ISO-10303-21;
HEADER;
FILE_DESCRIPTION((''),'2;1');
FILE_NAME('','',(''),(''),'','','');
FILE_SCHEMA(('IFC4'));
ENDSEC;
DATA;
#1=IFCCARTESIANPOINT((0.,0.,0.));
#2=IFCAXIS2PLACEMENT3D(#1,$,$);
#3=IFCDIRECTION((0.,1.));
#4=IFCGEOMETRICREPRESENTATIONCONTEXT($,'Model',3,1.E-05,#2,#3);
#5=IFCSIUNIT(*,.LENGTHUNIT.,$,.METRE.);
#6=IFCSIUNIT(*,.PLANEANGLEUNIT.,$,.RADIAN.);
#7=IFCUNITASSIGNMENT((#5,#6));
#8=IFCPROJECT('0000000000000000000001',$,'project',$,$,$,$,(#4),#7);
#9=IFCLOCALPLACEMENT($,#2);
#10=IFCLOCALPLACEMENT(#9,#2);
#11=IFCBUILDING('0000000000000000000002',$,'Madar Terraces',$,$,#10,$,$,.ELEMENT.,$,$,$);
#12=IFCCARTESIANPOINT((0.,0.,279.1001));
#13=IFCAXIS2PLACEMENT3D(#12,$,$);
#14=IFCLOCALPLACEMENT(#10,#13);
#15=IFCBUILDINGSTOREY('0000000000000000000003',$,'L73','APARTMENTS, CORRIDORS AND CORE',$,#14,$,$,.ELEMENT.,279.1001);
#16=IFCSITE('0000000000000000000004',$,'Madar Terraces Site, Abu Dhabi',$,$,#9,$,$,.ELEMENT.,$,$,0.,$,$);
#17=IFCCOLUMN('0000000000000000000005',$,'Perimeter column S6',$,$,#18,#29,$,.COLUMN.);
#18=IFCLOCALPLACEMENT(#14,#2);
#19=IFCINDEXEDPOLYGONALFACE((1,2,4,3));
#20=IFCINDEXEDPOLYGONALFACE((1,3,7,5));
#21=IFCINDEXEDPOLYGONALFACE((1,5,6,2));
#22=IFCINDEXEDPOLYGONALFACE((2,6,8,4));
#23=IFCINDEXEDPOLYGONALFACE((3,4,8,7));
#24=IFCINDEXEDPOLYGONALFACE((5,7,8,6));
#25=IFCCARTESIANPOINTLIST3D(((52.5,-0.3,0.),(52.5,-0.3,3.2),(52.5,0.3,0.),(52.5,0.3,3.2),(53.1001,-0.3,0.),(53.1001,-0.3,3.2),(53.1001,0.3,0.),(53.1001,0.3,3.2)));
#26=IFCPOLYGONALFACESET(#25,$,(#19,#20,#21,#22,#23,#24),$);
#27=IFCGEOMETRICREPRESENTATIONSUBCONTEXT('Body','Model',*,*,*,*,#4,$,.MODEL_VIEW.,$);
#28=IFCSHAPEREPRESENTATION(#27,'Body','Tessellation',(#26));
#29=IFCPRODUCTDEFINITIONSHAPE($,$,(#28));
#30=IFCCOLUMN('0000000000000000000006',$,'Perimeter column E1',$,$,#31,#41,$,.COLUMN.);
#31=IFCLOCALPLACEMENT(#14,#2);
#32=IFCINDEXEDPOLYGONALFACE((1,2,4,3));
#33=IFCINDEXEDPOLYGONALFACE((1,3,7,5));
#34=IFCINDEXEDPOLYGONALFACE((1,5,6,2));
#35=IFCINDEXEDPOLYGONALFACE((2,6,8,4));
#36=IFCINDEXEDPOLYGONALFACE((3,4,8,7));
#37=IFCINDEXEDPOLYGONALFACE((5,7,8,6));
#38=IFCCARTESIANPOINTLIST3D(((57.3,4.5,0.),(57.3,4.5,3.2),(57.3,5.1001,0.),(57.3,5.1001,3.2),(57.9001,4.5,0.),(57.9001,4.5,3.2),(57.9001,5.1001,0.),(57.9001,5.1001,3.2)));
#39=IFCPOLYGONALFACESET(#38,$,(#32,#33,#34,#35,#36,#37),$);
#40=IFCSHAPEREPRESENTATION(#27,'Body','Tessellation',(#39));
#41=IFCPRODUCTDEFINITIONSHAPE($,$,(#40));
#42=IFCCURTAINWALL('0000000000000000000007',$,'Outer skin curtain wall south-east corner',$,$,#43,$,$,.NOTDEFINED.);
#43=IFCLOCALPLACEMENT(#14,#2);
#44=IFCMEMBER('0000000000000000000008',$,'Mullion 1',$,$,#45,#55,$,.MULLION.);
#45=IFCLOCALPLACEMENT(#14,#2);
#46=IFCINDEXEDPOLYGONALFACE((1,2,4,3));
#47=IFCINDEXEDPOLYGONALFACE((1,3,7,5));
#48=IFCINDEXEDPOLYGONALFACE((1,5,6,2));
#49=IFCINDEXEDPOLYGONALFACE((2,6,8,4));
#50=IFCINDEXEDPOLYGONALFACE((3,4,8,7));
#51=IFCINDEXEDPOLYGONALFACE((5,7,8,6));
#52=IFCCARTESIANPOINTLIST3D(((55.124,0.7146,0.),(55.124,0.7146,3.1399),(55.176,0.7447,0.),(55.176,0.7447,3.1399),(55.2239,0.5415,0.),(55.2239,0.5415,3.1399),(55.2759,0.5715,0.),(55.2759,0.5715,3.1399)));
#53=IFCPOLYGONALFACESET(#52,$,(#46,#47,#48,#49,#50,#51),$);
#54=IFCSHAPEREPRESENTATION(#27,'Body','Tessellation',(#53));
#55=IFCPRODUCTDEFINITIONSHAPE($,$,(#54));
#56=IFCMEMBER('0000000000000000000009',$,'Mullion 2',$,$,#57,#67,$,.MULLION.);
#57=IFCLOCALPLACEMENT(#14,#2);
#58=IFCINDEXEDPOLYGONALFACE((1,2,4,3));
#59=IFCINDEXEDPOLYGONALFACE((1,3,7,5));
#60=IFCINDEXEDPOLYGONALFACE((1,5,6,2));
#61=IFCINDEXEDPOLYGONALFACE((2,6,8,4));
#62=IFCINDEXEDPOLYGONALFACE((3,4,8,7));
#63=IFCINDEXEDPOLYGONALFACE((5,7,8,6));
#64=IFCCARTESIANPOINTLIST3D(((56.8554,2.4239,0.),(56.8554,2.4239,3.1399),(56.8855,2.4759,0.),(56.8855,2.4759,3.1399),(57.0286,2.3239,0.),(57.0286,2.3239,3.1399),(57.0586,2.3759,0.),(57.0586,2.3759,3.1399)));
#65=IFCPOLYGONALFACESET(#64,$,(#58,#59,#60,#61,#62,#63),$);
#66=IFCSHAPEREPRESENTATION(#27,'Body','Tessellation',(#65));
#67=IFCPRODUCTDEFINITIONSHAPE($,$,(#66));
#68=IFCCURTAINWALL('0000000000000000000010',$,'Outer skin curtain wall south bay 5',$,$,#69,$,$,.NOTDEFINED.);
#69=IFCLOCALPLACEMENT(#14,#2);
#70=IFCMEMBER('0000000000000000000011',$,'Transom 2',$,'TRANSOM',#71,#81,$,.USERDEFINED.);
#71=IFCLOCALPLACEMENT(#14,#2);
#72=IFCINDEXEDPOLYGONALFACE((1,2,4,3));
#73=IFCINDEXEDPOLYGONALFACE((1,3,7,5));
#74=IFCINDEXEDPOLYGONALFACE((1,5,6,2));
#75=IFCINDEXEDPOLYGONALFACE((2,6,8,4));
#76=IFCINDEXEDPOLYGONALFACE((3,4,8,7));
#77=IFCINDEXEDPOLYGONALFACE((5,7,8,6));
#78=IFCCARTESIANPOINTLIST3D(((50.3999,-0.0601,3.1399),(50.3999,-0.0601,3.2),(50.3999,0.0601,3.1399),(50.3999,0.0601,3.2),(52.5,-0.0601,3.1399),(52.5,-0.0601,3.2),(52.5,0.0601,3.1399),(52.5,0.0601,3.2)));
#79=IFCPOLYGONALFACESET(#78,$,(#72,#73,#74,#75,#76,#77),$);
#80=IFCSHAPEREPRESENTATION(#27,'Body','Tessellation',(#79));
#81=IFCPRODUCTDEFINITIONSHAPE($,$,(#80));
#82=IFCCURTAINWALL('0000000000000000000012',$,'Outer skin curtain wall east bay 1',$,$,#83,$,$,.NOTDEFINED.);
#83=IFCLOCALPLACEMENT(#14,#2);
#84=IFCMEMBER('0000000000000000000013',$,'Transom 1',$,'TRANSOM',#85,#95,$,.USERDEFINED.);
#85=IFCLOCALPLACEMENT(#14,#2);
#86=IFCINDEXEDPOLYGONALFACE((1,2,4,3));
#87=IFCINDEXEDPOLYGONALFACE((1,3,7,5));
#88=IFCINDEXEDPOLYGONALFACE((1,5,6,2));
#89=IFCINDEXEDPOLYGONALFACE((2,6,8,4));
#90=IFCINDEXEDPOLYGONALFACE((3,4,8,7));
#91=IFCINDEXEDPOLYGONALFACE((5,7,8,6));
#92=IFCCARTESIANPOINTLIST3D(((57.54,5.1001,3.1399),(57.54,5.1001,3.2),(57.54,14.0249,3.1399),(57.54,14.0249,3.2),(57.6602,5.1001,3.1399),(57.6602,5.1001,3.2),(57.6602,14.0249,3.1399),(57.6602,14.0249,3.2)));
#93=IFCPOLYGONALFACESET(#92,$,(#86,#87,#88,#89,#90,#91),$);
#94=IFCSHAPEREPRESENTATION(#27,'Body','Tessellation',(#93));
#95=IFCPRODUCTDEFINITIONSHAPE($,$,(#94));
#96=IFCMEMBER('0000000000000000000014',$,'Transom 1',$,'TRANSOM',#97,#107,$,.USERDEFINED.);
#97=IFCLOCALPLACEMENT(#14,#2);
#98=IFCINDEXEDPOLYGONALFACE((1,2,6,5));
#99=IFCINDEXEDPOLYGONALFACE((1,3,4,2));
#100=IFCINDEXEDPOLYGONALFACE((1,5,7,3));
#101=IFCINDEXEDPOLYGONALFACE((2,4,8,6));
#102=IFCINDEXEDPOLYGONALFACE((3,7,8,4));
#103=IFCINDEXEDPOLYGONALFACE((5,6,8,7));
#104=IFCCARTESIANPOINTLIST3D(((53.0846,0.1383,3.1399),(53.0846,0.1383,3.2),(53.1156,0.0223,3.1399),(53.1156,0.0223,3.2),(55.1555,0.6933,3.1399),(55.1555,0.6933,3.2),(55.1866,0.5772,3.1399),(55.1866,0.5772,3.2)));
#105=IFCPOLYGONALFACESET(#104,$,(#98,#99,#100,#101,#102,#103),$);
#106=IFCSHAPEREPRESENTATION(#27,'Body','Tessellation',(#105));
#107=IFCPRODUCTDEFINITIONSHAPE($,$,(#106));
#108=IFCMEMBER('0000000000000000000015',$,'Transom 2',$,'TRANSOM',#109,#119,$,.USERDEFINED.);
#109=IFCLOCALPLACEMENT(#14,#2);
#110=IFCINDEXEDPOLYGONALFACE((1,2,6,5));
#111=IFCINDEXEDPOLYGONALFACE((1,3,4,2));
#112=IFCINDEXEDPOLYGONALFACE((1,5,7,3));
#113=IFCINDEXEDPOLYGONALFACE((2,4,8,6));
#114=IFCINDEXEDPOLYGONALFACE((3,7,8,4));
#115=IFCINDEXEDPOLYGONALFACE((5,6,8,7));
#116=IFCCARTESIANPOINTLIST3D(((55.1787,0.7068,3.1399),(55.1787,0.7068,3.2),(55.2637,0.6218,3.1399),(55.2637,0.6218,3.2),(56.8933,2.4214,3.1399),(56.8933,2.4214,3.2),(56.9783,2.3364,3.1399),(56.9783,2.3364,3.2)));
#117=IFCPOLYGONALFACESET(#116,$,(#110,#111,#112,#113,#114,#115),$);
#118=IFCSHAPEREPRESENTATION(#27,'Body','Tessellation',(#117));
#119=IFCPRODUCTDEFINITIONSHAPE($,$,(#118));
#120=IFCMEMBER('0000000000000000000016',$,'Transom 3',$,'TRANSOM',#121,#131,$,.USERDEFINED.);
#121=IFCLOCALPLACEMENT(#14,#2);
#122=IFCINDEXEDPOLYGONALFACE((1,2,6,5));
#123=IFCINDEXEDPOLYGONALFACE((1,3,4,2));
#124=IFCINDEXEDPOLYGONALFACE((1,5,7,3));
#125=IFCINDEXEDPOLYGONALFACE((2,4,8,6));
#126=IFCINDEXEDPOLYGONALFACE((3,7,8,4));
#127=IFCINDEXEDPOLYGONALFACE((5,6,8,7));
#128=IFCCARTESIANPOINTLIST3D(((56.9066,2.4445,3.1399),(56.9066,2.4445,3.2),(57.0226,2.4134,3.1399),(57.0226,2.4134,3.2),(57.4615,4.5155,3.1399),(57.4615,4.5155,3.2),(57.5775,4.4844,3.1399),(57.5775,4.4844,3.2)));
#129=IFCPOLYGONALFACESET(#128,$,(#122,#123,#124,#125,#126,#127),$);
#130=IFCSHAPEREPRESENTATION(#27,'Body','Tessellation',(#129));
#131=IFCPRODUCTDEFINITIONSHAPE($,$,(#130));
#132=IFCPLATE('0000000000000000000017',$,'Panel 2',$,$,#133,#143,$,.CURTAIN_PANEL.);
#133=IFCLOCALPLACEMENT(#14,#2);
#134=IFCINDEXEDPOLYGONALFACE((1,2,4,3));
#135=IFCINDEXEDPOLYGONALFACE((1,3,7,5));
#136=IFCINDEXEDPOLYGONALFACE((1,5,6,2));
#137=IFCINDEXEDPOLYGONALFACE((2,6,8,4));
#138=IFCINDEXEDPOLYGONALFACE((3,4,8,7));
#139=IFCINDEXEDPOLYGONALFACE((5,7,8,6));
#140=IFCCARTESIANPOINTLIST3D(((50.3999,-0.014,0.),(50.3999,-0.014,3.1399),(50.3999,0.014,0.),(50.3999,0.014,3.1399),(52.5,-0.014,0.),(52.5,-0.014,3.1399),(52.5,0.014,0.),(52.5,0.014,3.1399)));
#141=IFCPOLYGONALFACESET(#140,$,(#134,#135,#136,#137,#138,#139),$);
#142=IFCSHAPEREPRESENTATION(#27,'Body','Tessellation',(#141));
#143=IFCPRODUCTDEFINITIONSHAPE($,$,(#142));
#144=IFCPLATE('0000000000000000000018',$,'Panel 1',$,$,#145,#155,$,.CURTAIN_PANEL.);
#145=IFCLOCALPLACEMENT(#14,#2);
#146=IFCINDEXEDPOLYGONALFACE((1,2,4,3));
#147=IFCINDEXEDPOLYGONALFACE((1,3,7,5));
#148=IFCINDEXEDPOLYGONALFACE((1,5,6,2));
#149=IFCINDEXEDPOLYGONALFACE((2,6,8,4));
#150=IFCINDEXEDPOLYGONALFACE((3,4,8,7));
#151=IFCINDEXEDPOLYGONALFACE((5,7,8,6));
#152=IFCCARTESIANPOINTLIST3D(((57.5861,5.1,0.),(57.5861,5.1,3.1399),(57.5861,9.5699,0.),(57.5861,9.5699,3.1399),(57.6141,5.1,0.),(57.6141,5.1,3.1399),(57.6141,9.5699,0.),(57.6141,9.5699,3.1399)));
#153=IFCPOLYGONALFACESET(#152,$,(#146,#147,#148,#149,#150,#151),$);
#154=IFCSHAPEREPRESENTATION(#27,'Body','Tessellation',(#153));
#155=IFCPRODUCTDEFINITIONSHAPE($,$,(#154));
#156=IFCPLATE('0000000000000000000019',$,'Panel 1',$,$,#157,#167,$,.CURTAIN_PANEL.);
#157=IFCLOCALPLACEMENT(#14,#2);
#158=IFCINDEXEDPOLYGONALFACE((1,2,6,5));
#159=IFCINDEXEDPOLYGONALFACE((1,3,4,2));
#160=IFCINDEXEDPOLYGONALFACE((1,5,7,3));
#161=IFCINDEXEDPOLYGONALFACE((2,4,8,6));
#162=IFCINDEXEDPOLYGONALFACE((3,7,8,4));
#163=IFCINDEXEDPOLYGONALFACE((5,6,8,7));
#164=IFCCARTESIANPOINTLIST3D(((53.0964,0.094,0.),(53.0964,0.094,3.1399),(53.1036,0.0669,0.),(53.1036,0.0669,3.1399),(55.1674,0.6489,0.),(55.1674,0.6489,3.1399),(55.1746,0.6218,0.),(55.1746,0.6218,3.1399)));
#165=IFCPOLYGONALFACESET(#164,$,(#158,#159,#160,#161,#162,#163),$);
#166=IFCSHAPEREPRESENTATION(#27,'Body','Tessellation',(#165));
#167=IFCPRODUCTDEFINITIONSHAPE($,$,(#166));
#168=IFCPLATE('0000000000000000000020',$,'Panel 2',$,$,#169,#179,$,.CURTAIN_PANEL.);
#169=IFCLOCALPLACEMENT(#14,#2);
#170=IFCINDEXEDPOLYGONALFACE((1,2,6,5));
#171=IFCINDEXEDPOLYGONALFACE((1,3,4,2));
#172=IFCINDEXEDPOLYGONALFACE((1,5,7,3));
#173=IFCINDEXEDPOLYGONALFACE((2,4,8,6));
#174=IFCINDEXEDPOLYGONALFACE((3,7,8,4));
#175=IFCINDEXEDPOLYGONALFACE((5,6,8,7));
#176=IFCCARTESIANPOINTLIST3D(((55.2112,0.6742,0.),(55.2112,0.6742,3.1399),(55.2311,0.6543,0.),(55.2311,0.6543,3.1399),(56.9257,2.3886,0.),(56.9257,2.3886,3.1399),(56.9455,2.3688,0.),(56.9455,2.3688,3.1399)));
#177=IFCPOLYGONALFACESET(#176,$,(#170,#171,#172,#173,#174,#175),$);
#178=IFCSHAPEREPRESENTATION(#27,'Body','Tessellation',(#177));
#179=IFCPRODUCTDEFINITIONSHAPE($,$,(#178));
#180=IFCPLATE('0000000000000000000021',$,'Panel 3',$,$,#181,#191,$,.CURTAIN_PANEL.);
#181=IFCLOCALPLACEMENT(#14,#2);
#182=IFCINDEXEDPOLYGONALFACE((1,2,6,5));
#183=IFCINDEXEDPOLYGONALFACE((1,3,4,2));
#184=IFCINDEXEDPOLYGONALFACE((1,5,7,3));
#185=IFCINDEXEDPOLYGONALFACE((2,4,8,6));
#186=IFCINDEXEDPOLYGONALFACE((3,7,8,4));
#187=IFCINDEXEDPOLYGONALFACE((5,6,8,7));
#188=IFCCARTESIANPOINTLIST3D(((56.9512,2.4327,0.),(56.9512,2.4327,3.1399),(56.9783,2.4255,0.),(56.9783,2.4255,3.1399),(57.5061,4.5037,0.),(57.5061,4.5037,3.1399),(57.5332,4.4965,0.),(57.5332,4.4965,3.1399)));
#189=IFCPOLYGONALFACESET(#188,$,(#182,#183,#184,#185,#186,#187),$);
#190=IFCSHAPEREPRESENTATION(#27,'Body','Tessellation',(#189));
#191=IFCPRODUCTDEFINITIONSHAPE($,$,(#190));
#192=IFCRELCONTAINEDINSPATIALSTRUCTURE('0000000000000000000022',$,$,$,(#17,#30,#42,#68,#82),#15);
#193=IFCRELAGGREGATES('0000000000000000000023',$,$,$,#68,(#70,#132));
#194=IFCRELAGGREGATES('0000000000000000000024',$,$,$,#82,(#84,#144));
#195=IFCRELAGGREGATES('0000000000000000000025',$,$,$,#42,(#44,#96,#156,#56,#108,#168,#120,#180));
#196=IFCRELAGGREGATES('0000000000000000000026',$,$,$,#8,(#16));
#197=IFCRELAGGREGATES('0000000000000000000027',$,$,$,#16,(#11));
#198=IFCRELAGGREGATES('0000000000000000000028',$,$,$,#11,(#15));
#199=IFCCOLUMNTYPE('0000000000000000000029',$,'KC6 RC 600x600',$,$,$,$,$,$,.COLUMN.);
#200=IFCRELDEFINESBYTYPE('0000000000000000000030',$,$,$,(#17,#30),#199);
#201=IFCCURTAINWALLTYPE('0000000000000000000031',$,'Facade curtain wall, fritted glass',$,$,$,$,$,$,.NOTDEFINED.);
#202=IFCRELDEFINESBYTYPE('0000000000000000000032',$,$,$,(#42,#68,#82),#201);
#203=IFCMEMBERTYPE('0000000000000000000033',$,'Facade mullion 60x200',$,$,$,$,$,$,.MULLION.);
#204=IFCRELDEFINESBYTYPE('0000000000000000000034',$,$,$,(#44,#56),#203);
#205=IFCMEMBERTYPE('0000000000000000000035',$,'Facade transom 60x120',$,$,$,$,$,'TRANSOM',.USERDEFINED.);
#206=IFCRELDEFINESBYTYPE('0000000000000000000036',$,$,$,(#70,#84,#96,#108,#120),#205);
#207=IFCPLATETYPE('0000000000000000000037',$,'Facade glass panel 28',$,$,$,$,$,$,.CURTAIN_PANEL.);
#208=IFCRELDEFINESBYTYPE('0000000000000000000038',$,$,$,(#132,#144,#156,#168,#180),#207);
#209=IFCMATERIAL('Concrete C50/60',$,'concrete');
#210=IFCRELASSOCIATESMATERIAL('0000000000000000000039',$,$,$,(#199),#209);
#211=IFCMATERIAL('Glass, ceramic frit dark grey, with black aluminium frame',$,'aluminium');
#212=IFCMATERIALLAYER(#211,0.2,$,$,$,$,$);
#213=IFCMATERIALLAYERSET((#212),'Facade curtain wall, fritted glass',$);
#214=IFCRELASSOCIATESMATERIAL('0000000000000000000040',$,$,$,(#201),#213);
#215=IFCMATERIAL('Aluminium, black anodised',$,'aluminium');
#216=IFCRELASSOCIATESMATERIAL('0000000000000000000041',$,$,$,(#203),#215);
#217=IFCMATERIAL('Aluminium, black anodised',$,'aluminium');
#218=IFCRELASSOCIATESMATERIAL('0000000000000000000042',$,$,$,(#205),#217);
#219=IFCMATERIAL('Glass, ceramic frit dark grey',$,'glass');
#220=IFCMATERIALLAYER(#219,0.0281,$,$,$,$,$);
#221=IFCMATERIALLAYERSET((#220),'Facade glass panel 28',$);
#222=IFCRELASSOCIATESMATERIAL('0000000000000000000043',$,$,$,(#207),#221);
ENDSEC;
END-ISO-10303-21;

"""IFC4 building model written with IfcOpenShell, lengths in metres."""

from ifc_helpers import new_model, si_unit, direction, frame, origin, origin_2d, place, context, subcontext, project, spatial, rectangle, extrude, material, layer, layer_set, material_profile, profile_set, type_object, element, aggregate, save


model = new_model("IFC4")

# Units and contexts
model_context = context("Model", 3, precision=1e-05, world=origin(), true_north=direction((0.0, 1.0)))
body_context = subcontext(model_context, "Body", "Model", "MODEL_VIEW")
ifc_project = project(units=[si_unit("LENGTHUNIT", "METRE"), si_unit("PLANEANGLEUNIT", "RADIAN")], contexts=[model_context])

# Site, building, storey
site_placement = place(None, origin())
site = spatial("IfcSite", under=ifc_project, at=site_placement, Name="Madar Terraces Site, Abu Dhabi", CompositionType="ELEMENT", RefElevation=0.0)
building_placement = place(site_placement, origin())
building = spatial("IfcBuilding", under=site, at=building_placement, Name="Madar Terraces", CompositionType="ELEMENT")
storey_placement = place(building_placement, frame((0.0, 0.0, 279.1001)))
storey = spatial("IfcBuildingStorey", under=building, at=storey_placement, Name="L73", Description="APARTMENTS, CORRIDORS AND CORE", CompositionType="ELEMENT", Elevation=279.1001)

# Columns
ifc_material_1 = material(Name="Concrete C50/60", Category="concrete")
ifc_material_profile_1 = material_profile(ifc_material_1, rectangle(XDim=0.6001, YDim=0.6001, at=origin_2d()), Name="KC6 RC 600x600")
ifc_profile_set_1 = profile_set([ifc_material_profile_1], Name="Concrete C50/60")
column_type = type_object("IfcColumnType", Name="KC6 RC 600x600", PredefinedType="COLUMN", material=ifc_profile_set_1)
for number, where, z_axis, x_axis, name in (
    (1, (52.8, 0.0, 0.0), (0.0, 0.0, 1.0), (1.0, 0.0, 0.0), "Perimeter column S6"),
    (2, (57.6001, 4.8, 0.0), (0.0, 0.0, 1.0), (1.0, 0.0, 0.0), "Perimeter column E1"),
):
    element("IfcColumn", number, at=place(storey_placement, frame(where, z_axis=z_axis, x_axis=x_axis)), inside=storey, type_object=column_type, Name=name, PredefinedType="COLUMN", context=body_context, shape_type="SweptSolid", body=[
        extrude(rectangle(XDim=0.6001, YDim=0.6001, at=origin_2d()), origin(), (0.0, 0.0, 1.0), 3.2),
    ])

# Curtain wall, members
ifc_material_2 = material(Name="Glass, ceramic frit dark grey, with black aluminium frame", Category="aluminium")
ifc_layer_1 = layer(ifc_material_2, 0.2)
ifc_layer_set_1 = layer_set([ifc_layer_1], Name="Facade curtain wall, fritted glass")
curtain_wall_type = type_object("IfcCurtainWallType", Name="Facade curtain wall, fritted glass", PredefinedType="NOTDEFINED", material=ifc_layer_set_1)
curtain_wall_1_placement = place(storey_placement, origin())
curtain_wall_1 = element("IfcCurtainWall", 3, at=curtain_wall_1_placement, inside=storey, type_object=curtain_wall_type, Name="Outer skin curtain wall south-east corner", PredefinedType="NOTDEFINED")
ifc_material_3 = material(Name="Aluminium, black anodised", Category="aluminium")
ifc_material_profile_2 = material_profile(ifc_material_3, rectangle(XDim=0.2, YDim=0.0601, at=origin_2d()), Name="Facade mullion 60x200")
ifc_profile_set_2 = profile_set([ifc_material_profile_2], Name="Aluminium, black anodised")
member_type_1 = type_object("IfcMemberType", Name="Facade mullion 60x200", PredefinedType="MULLION", material=ifc_profile_set_2)
member_1_placement = place(storey_placement, frame((55.2, 0.6431, 0.0), z_axis=(0.0, 0.0, 1.0), x_axis=(-0.5, 0.866025, 0.0)))
member_1 = element("IfcMember", 4, at=member_1_placement, type_object=member_type_1, Name="Mullion 1", PredefinedType="MULLION", context=body_context, shape_type="SweptSolid", body=[
    extrude(rectangle(XDim=0.2, YDim=0.0601, at=origin_2d()), origin(), (0.0, 0.0, 1.0), 3.1399),
])
member_2_placement = place(storey_placement, frame((56.957, 2.3999, 0.0), z_axis=(0.0, 0.0, 1.0), x_axis=(-0.866025, 0.5, 0.0)))
member_2 = element("IfcMember", 5, at=member_2_placement, type_object=member_type_1, Name="Mullion 2", PredefinedType="MULLION", context=body_context, shape_type="SweptSolid", body=[
    extrude(rectangle(XDim=0.2, YDim=0.0601, at=origin_2d()), origin(), (0.0, 0.0, 1.0), 3.1399),
])

# Curtain walls, members
curtain_wall_2_placement = place(storey_placement, origin())
curtain_wall_2 = element("IfcCurtainWall", 6, at=curtain_wall_2_placement, inside=storey, type_object=curtain_wall_type, Name="Outer skin curtain wall south bay 5", PredefinedType="NOTDEFINED")
ifc_material_4 = material(Name="Aluminium, black anodised", Category="aluminium")
ifc_material_profile_3 = material_profile(ifc_material_4, rectangle(XDim=0.1201, YDim=0.0601, at=origin_2d()), Name="Facade transom 60x120")
ifc_profile_set_3 = profile_set([ifc_material_profile_3], Name="Aluminium, black anodised")
member_type_2 = type_object("IfcMemberType", Name="Facade transom 60x120", ElementType="TRANSOM", PredefinedType="USERDEFINED", material=ifc_profile_set_3)
member_3_placement = place(storey_placement, frame((50.3999, 0.0, 3.1699), z_axis=(1.0, 0.0, 0.0), x_axis=(0.0, 1.0, 0.0)))
member_3 = element("IfcMember", 7, at=member_3_placement, type_object=member_type_2, Name="Transom 2", ObjectType="TRANSOM", PredefinedType="USERDEFINED", context=body_context, shape_type="SweptSolid", body=[
    extrude(rectangle(XDim=0.1201, YDim=0.0601, at=origin_2d()), origin(), (0.0, 0.0, 1.0), 2.1001),
])
curtain_wall_3_placement = place(storey_placement, origin())
curtain_wall_3 = element("IfcCurtainWall", 8, at=curtain_wall_3_placement, inside=storey, type_object=curtain_wall_type, Name="Outer skin curtain wall east bay 1", PredefinedType="NOTDEFINED")
member_4_placement = place(storey_placement, frame((57.6001, 5.1001, 3.1699), z_axis=(0.0, 1.0, 0.0), x_axis=(-1.0, 0.0, 0.0)))
member_4 = element("IfcMember", 9, at=member_4_placement, type_object=member_type_2, Name="Transom 1", ObjectType="TRANSOM", PredefinedType="USERDEFINED", context=body_context, shape_type="SweptSolid", body=[
    extrude(rectangle(XDim=0.1201, YDim=0.0601, at=origin_2d()), origin(), (0.0, 0.0, 1.0), 8.9248),
])

# Members
member_5_placement = place(storey_placement, frame((53.1001, 0.0803, 3.1699), z_axis=(0.965926, 0.258818, 0.0), x_axis=(-0.258818, 0.965926, 0.0)))
member_5 = element("IfcMember", 10, at=member_5_placement, type_object=member_type_2, Name="Transom 1", ObjectType="TRANSOM", PredefinedType="USERDEFINED", context=body_context, shape_type="SweptSolid", body=[
    extrude(rectangle(XDim=0.1201, YDim=0.0601, at=origin_2d()), origin(), (0.0, 0.0, 1.0), 2.144),
])
member_6_placement = place(storey_placement, frame((55.2212, 0.6643, 3.1699), z_axis=(0.707107, 0.707107, 0.0), x_axis=(-0.707107, 0.707107, 0.0)))
member_6 = element("IfcMember", 11, at=member_6_placement, type_object=member_type_2, Name="Transom 2", ObjectType="TRANSOM", PredefinedType="USERDEFINED", context=body_context, shape_type="SweptSolid", body=[
    extrude(rectangle(XDim=0.1201, YDim=0.0601, at=origin_2d()), origin(), (0.0, 0.0, 1.0), 2.4248),
])
member_7_placement = place(storey_placement, frame((56.9646, 2.429, 3.1699), z_axis=(0.258818, 0.965926, 0.0), x_axis=(-0.965926, 0.258818, 0.0)))
member_7 = element("IfcMember", 12, at=member_7_placement, type_object=member_type_2, Name="Transom 3", ObjectType="TRANSOM", PredefinedType="USERDEFINED", context=body_context, shape_type="SweptSolid", body=[
    extrude(rectangle(XDim=0.1201, YDim=0.0601, at=origin_2d()), origin(), (0.0, 0.0, 1.0), 2.144),
])

# Plates
ifc_material_5 = material(Name="Glass, ceramic frit dark grey", Category="glass")
ifc_layer_2 = layer(ifc_material_5, 0.0281)
ifc_layer_set_2 = layer_set([ifc_layer_2], Name="Facade glass panel 28")
plate_type = type_object("IfcPlateType", Name="Facade glass panel 28", PredefinedType="CURTAIN_PANEL", material=ifc_layer_set_2)
plate_1_placement = place(storey_placement, frame((51.45, 0.0, 0.0), z_axis=(0.0, 0.0, 1.0), x_axis=(1.0, 0.0, 0.0)))
plate_1 = element("IfcPlate", 13, at=plate_1_placement, type_object=plate_type, Name="Panel 2", PredefinedType="CURTAIN_PANEL", context=body_context, shape_type="SweptSolid", body=[
    extrude(rectangle(XDim=2.1001, YDim=0.0281, at=origin_2d()), origin(), (0.0, 0.0, 1.0), 3.1399),
])
aggregate(curtain_wall_2, [member_3, plate_1])
plate_2_placement = place(storey_placement, frame((57.6001, 7.335, 0.0), z_axis=(0.0, 0.0, 1.0), x_axis=(0.0, 1.0, 0.0)))
plate_2 = element("IfcPlate", 14, at=plate_2_placement, type_object=plate_type, Name="Panel 1", PredefinedType="CURTAIN_PANEL", context=body_context, shape_type="SweptSolid", body=[
    extrude(rectangle(XDim=4.47, YDim=0.0281, at=origin_2d()), origin(), (0.0, 0.0, 1.0), 3.1399),
])
aggregate(curtain_wall_3, [member_4, plate_2])
plate_3_placement = place(storey_placement, frame((54.1355, 0.3579, 0.0), z_axis=(0.0, 0.0, 1.0), x_axis=(0.965926, 0.258819, 0.0)))
plate_3 = element("IfcPlate", 15, at=plate_3_placement, type_object=plate_type, Name="Panel 1", PredefinedType="CURTAIN_PANEL", context=body_context, shape_type="SweptSolid", body=[
    extrude(rectangle(XDim=2.144, YDim=0.0281, at=origin_2d()), origin(), (0.0, 0.0, 1.0), 3.1399),
])
plate_4_placement = place(storey_placement, frame((56.0784, 1.5215, 0.0), z_axis=(0.0, 0.0, 1.0), x_axis=(0.707107, 0.707107, 0.0)))
plate_4 = element("IfcPlate", 16, at=plate_4_placement, type_object=plate_type, Name="Panel 2", PredefinedType="CURTAIN_PANEL", context=body_context, shape_type="SweptSolid", body=[
    extrude(rectangle(XDim=2.4246, YDim=0.0281, at=origin_2d()), origin(), (0.0, 0.0, 1.0), 3.1399),
])
plate_5_placement = place(storey_placement, frame((57.2422, 3.4646, 0.0), z_axis=(0.0, 0.0, 1.0), x_axis=(0.258819, 0.965926, 0.0)))
plate_5 = element("IfcPlate", 17, at=plate_5_placement, type_object=plate_type, Name="Panel 3", PredefinedType="CURTAIN_PANEL", context=body_context, shape_type="SweptSolid", body=[
    extrude(rectangle(XDim=2.144, YDim=0.0281, at=origin_2d()), origin(), (0.0, 0.0, 1.0), 3.1399),
])
aggregate(curtain_wall_1, [member_1, member_5, plate_3, member_2, member_6, plate_4, member_7, plate_5])

save(model, "model.ifc")
